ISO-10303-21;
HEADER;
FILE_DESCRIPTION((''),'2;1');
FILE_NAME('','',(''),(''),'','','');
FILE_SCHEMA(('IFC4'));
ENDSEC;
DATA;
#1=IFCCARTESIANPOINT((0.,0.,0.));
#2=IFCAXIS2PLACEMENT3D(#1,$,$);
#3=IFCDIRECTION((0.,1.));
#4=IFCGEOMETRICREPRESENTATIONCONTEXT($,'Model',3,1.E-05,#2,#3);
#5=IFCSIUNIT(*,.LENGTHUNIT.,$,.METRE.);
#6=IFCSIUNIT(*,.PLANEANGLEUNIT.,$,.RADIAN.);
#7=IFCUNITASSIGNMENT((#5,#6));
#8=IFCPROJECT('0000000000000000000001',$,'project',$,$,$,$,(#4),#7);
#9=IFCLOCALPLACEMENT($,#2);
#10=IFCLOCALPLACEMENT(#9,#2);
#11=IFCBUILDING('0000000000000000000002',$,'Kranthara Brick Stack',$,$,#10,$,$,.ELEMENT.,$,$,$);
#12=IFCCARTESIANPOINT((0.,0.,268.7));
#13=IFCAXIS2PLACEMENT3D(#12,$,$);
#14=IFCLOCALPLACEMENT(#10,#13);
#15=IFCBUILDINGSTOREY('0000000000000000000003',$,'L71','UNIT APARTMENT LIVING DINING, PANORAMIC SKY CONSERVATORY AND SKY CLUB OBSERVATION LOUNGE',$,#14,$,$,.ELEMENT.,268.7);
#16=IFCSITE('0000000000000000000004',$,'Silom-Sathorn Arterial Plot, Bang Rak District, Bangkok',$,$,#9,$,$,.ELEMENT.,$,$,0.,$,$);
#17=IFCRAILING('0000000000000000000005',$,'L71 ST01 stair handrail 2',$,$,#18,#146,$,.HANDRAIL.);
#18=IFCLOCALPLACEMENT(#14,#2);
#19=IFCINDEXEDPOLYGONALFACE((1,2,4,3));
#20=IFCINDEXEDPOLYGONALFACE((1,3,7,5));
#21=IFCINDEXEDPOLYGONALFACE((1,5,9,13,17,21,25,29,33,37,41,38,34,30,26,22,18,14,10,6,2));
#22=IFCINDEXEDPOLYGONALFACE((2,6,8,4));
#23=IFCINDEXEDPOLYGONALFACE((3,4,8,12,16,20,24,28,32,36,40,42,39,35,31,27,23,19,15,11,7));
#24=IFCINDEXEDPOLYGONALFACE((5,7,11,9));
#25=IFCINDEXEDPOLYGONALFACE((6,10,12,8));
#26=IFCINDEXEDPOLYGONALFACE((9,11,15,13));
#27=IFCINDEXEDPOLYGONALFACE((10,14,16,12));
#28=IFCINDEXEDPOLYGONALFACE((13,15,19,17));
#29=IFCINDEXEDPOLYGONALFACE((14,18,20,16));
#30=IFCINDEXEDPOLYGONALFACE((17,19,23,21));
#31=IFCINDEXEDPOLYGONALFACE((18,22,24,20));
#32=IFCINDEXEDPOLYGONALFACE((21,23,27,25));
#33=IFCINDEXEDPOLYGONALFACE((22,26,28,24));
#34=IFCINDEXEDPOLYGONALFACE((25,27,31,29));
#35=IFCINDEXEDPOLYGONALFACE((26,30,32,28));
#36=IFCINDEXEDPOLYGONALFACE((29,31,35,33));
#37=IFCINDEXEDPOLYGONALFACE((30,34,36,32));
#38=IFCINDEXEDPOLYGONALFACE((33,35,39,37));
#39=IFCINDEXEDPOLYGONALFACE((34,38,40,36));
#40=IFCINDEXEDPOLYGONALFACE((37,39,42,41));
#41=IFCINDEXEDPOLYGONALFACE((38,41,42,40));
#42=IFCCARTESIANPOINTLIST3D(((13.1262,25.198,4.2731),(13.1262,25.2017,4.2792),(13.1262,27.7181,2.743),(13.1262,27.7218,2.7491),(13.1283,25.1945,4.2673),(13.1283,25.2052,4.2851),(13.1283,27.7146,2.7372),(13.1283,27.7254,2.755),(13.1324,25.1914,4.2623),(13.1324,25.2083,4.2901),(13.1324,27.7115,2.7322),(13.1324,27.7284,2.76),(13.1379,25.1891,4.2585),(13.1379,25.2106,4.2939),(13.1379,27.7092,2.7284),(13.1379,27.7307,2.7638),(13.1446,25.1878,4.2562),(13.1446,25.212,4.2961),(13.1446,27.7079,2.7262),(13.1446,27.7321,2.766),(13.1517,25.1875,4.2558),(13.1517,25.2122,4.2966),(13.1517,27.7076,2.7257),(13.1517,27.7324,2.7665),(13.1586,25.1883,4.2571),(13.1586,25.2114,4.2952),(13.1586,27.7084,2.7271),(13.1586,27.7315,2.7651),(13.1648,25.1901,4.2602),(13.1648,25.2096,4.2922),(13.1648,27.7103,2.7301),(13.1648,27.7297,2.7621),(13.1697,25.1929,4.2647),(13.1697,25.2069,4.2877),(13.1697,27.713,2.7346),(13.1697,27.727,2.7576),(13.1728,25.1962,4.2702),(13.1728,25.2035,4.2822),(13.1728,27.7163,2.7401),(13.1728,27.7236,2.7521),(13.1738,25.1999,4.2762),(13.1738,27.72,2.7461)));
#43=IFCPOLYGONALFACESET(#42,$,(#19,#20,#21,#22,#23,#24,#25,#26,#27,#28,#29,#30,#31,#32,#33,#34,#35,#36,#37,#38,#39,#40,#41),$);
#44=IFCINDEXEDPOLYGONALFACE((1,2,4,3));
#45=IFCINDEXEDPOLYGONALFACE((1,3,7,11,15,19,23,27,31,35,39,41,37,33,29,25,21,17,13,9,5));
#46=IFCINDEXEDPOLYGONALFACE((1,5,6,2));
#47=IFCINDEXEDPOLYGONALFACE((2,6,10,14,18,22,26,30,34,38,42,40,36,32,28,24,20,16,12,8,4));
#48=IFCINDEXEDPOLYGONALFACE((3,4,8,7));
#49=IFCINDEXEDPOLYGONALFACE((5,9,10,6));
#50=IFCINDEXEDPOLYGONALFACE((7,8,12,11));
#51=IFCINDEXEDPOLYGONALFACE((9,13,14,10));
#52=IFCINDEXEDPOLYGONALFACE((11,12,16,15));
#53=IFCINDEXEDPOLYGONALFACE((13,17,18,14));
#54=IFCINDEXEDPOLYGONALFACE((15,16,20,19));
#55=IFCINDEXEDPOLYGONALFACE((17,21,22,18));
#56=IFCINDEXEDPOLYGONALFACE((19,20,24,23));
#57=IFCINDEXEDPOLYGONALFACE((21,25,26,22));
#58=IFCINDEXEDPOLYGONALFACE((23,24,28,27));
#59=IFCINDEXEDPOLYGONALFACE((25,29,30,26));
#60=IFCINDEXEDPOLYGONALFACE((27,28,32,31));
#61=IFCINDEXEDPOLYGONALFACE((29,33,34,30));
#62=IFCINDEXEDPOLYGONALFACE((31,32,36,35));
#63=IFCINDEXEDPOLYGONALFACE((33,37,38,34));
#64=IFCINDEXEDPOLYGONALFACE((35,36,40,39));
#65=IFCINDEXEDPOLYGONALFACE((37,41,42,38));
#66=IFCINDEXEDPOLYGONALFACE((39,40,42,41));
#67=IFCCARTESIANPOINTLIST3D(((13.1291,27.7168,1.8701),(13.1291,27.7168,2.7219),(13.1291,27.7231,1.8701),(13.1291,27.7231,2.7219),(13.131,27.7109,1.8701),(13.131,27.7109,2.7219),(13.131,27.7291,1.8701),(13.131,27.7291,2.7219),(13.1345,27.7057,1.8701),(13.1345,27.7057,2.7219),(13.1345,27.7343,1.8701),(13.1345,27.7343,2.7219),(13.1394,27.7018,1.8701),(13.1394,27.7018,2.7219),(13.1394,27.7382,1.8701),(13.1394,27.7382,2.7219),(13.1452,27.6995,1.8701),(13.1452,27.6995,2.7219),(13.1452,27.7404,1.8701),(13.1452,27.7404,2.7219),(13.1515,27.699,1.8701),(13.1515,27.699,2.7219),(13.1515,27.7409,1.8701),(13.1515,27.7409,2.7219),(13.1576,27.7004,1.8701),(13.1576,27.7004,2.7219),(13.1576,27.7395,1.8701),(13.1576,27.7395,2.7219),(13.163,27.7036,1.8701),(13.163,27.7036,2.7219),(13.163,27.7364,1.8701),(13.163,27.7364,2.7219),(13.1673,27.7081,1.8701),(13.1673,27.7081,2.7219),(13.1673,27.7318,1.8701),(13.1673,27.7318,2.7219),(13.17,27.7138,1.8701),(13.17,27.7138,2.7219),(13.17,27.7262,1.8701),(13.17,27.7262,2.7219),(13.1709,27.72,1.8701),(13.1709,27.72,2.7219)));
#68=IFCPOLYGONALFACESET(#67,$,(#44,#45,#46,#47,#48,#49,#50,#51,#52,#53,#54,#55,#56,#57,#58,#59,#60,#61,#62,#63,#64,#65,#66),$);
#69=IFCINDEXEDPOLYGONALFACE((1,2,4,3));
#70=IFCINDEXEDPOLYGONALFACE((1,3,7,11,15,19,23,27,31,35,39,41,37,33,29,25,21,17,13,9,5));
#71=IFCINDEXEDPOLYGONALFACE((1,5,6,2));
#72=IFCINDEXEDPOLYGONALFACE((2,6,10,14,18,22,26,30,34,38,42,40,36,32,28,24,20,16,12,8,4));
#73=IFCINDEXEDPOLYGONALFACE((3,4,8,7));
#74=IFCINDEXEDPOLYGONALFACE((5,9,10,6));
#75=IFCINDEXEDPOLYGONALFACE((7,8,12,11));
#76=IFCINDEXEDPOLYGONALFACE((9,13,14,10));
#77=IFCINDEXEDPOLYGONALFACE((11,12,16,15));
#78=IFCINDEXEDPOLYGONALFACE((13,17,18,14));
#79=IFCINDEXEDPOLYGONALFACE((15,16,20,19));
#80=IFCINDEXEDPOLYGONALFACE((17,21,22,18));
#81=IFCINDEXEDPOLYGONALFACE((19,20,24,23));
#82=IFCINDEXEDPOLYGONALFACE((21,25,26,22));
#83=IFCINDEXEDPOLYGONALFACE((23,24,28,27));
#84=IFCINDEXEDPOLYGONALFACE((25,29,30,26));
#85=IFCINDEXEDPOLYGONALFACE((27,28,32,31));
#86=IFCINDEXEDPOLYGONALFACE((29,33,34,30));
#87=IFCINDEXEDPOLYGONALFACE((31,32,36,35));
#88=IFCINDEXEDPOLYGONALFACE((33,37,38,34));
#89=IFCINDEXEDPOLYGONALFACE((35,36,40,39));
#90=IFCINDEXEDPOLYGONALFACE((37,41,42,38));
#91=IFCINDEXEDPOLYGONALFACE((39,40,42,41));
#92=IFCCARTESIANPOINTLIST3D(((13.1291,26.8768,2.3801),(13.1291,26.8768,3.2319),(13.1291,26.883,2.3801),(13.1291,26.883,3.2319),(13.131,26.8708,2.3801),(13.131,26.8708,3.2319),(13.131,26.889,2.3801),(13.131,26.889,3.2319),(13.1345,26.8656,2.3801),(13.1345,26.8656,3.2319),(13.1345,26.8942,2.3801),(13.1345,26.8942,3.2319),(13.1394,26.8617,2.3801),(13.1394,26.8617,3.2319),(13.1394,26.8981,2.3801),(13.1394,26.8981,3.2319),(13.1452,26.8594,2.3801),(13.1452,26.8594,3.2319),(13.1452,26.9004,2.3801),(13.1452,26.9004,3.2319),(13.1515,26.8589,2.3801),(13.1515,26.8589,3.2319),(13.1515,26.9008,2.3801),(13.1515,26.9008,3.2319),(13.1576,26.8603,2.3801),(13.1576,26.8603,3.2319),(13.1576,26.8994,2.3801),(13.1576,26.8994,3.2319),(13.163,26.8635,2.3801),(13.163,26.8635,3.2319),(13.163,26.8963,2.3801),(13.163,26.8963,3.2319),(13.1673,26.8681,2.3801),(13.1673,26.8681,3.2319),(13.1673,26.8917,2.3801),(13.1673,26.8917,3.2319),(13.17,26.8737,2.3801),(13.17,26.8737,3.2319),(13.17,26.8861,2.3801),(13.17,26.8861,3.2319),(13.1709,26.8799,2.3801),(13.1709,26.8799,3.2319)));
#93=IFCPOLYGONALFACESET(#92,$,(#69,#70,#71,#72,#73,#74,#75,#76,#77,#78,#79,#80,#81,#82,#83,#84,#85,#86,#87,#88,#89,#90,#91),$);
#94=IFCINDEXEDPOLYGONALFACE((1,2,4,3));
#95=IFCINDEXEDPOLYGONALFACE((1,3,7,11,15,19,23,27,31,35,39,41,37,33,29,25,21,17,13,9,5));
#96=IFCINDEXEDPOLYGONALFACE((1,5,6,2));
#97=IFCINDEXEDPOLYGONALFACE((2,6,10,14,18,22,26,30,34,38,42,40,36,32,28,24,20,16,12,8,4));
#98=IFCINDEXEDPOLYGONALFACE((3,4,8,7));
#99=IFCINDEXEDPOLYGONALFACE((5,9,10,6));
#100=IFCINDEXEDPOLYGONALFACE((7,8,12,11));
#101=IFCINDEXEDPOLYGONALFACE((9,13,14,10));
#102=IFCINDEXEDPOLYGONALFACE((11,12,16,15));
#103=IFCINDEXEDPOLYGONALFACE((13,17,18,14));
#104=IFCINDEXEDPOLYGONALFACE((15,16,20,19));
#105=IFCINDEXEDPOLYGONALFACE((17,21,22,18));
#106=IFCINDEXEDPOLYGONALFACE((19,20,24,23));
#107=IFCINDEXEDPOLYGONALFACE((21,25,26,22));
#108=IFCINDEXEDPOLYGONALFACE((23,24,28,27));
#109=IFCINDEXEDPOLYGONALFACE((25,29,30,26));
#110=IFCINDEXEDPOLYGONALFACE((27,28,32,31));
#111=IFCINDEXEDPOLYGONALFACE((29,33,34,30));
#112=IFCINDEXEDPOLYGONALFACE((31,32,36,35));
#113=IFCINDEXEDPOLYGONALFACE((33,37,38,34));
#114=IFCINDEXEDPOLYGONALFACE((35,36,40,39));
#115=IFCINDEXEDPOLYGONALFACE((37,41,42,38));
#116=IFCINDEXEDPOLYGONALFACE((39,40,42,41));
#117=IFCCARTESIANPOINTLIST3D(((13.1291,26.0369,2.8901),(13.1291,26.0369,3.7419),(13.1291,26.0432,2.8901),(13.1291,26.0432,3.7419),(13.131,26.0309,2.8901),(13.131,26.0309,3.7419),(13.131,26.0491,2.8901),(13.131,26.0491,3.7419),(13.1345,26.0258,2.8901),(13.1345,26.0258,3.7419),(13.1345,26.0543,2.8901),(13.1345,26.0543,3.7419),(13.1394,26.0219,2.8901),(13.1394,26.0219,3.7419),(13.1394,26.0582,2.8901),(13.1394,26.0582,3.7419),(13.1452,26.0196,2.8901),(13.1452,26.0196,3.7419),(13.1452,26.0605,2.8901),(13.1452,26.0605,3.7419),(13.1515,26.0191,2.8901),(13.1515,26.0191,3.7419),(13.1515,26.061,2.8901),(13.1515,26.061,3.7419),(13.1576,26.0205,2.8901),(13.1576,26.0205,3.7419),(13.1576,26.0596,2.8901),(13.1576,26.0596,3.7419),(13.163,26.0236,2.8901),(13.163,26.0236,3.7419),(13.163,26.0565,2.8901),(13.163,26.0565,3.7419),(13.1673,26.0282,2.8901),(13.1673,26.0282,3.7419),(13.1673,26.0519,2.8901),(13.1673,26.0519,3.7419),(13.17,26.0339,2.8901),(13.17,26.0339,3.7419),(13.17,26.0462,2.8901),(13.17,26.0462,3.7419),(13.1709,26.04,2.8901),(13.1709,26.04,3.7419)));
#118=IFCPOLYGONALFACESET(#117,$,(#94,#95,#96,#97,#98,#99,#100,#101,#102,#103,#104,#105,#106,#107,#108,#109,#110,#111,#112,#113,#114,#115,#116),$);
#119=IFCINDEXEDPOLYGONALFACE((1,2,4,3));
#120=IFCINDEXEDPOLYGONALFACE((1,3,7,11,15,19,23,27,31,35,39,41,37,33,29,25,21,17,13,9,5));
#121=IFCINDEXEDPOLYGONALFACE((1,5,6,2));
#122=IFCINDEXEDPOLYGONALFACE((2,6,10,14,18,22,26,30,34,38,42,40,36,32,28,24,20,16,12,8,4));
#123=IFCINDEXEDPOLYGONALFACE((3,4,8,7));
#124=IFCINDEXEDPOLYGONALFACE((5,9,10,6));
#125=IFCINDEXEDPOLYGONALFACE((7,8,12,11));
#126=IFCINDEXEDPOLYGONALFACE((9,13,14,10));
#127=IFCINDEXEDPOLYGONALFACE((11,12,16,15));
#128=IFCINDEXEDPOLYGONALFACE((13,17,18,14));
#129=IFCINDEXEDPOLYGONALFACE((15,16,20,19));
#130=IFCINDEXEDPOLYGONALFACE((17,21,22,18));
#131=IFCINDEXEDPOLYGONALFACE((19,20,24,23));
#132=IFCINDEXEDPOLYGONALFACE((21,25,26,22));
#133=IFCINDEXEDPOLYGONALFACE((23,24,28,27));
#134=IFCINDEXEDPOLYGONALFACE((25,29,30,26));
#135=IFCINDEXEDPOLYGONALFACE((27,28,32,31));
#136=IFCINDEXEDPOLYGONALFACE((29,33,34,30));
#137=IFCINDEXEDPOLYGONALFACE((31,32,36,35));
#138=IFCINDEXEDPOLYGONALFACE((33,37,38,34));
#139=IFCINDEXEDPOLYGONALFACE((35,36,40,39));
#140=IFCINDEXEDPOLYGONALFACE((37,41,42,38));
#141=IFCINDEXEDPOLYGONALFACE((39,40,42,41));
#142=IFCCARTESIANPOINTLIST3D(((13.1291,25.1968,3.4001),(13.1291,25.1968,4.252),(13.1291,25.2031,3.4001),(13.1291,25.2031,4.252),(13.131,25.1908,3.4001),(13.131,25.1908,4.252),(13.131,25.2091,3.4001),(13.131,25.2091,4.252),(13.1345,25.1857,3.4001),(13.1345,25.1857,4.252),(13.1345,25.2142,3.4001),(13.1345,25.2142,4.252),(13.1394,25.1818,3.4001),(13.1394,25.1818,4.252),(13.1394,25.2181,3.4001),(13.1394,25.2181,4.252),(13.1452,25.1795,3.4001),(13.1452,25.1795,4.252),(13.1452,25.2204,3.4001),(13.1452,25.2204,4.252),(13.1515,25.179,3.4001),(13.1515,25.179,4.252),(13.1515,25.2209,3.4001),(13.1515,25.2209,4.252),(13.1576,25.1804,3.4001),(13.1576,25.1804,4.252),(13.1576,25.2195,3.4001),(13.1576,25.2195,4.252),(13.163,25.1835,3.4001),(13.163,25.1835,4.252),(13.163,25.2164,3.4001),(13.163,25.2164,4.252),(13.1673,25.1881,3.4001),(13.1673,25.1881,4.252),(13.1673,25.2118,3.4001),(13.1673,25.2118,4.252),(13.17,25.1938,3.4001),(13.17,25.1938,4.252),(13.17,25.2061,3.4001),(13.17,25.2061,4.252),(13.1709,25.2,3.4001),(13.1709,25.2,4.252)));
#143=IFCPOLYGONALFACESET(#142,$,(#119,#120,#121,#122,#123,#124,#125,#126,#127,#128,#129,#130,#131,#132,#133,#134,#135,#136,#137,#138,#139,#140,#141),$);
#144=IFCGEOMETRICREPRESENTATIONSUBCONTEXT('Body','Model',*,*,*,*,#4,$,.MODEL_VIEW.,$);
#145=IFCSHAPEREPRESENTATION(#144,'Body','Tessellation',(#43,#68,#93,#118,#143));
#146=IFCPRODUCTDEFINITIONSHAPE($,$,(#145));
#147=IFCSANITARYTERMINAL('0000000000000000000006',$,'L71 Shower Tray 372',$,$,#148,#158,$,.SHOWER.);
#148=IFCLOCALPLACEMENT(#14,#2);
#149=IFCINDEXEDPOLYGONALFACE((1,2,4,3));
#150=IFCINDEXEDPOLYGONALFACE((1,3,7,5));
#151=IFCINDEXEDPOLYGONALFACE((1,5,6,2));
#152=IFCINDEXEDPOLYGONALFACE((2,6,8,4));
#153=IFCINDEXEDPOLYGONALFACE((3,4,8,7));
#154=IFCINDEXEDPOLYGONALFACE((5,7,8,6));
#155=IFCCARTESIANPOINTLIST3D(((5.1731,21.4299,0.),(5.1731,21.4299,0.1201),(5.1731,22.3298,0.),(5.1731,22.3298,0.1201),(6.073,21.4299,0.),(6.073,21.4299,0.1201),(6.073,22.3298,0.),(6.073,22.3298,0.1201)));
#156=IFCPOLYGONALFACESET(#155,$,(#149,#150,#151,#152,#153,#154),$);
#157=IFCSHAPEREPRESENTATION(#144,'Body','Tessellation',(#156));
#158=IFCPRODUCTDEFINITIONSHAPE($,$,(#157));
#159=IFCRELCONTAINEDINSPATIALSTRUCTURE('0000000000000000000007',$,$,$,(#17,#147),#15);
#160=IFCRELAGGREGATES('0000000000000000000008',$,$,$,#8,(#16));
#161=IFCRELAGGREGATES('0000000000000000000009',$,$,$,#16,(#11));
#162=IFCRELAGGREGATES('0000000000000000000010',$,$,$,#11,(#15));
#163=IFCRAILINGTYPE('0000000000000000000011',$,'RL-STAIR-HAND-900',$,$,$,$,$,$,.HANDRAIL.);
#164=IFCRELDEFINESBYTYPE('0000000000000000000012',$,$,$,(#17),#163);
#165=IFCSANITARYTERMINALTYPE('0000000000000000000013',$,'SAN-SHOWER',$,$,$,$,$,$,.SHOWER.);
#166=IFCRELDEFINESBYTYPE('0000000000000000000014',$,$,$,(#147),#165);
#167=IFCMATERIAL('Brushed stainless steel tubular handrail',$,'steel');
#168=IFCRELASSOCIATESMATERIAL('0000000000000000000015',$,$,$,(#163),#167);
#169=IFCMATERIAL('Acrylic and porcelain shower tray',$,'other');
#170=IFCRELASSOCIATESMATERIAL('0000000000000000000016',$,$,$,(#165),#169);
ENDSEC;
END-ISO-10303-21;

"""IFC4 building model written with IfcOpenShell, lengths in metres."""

from ifc_helpers import new_model, si_unit, direction, frame, origin, origin_2d, place, context, subcontext, project, spatial, rectangle, circle, extrude, material, type_object, element, save


model = new_model("IFC4")

# Units and contexts
model_context = context("Model", 3, precision=1e-05, world=origin(), true_north=direction((0.0, 1.0)))
body_context = subcontext(model_context, "Body", "Model", "MODEL_VIEW")
ifc_project = project(units=[si_unit("LENGTHUNIT", "METRE"), si_unit("PLANEANGLEUNIT", "RADIAN")], contexts=[model_context])

# Site, building, storey
site_placement = place(None, origin())
site = spatial("IfcSite", under=ifc_project, at=site_placement, Name="Silom-Sathorn Arterial Plot, Bang Rak District, Bangkok", CompositionType="ELEMENT", RefElevation=0.0)
building_placement = place(site_placement, origin())
building = spatial("IfcBuilding", under=site, at=building_placement, Name="Kranthara Brick Stack", CompositionType="ELEMENT")
storey_placement = place(building_placement, frame((0.0, 0.0, 268.7)))
storey = spatial("IfcBuildingStorey", under=building, at=storey_placement, Name="L71", Description="UNIT APARTMENT LIVING DINING, PANORAMIC SKY CONSERVATORY AND SKY CLUB OBSERVATION LOUNGE", CompositionType="ELEMENT", Elevation=268.7)

# Railing
ifc_material_1 = material(Name="Brushed stainless steel tubular handrail", Category="steel")
railing_type = type_object("IfcRailingType", Name="RL-STAIR-HAND-900", PredefinedType="HANDRAIL", material=ifc_material_1)
railing_placement = place(storey_placement, frame((13.1499, 27.72, 1.8701)))
element("IfcRailing", 1, at=railing_placement, inside=storey, type_object=railing_type, Name="L71 ST01 stair handrail 2", PredefinedType="HANDRAIL", context=body_context, shape_type="SweptSolid", body=[
    extrude(circle(Radius=0.0239, at=origin_2d()), frame((0.0, 0.0, 0.876), z_axis=(0.0, -0.854785, 0.518982), x_axis=(1.0, 0.0, 0.0)), (0.0, 0.0, 1.0), 2.9482),
    extrude(circle(Radius=0.021, at=origin_2d()), origin(), (0.0, 0.0, 1.0), 0.8518),
    extrude(circle(Radius=0.021, at=origin_2d()), frame((0.0, -0.8401, 0.51)), (0.0, 0.0, 1.0), 0.8518),
    extrude(circle(Radius=0.021, at=origin_2d()), frame((0.0, -1.6799, 1.02)), (0.0, 0.0, 1.0), 0.8518),
    extrude(circle(Radius=0.021, at=origin_2d()), frame((0.0, -2.52, 1.53)), (0.0, 0.0, 1.0), 0.8518),
])

# Sanitary terminal
ifc_material_2 = material(Name="Acrylic and porcelain shower tray", Category="other")
sanitary_terminal_type = type_object("IfcSanitaryTerminalType", Name="SAN-SHOWER", PredefinedType="SHOWER", material=ifc_material_2)
sanitary_terminal_placement = place(storey_placement, frame((5.623, 21.8799, 0.0), z_axis=(0.0, 0.0, 1.0), x_axis=(1.0, 0.0, 0.0)))
element("IfcSanitaryTerminal", 2, at=sanitary_terminal_placement, inside=storey, type_object=sanitary_terminal_type, Name="L71 Shower Tray 372", PredefinedType="SHOWER", context=body_context, shape_type="SweptSolid", body=[
    extrude(rectangle(XDim=0.8999, YDim=0.8999, at=origin_2d()), origin(), (0.0, 0.0, 1.0), 0.1201),
])

save(model, "model.ifc")
